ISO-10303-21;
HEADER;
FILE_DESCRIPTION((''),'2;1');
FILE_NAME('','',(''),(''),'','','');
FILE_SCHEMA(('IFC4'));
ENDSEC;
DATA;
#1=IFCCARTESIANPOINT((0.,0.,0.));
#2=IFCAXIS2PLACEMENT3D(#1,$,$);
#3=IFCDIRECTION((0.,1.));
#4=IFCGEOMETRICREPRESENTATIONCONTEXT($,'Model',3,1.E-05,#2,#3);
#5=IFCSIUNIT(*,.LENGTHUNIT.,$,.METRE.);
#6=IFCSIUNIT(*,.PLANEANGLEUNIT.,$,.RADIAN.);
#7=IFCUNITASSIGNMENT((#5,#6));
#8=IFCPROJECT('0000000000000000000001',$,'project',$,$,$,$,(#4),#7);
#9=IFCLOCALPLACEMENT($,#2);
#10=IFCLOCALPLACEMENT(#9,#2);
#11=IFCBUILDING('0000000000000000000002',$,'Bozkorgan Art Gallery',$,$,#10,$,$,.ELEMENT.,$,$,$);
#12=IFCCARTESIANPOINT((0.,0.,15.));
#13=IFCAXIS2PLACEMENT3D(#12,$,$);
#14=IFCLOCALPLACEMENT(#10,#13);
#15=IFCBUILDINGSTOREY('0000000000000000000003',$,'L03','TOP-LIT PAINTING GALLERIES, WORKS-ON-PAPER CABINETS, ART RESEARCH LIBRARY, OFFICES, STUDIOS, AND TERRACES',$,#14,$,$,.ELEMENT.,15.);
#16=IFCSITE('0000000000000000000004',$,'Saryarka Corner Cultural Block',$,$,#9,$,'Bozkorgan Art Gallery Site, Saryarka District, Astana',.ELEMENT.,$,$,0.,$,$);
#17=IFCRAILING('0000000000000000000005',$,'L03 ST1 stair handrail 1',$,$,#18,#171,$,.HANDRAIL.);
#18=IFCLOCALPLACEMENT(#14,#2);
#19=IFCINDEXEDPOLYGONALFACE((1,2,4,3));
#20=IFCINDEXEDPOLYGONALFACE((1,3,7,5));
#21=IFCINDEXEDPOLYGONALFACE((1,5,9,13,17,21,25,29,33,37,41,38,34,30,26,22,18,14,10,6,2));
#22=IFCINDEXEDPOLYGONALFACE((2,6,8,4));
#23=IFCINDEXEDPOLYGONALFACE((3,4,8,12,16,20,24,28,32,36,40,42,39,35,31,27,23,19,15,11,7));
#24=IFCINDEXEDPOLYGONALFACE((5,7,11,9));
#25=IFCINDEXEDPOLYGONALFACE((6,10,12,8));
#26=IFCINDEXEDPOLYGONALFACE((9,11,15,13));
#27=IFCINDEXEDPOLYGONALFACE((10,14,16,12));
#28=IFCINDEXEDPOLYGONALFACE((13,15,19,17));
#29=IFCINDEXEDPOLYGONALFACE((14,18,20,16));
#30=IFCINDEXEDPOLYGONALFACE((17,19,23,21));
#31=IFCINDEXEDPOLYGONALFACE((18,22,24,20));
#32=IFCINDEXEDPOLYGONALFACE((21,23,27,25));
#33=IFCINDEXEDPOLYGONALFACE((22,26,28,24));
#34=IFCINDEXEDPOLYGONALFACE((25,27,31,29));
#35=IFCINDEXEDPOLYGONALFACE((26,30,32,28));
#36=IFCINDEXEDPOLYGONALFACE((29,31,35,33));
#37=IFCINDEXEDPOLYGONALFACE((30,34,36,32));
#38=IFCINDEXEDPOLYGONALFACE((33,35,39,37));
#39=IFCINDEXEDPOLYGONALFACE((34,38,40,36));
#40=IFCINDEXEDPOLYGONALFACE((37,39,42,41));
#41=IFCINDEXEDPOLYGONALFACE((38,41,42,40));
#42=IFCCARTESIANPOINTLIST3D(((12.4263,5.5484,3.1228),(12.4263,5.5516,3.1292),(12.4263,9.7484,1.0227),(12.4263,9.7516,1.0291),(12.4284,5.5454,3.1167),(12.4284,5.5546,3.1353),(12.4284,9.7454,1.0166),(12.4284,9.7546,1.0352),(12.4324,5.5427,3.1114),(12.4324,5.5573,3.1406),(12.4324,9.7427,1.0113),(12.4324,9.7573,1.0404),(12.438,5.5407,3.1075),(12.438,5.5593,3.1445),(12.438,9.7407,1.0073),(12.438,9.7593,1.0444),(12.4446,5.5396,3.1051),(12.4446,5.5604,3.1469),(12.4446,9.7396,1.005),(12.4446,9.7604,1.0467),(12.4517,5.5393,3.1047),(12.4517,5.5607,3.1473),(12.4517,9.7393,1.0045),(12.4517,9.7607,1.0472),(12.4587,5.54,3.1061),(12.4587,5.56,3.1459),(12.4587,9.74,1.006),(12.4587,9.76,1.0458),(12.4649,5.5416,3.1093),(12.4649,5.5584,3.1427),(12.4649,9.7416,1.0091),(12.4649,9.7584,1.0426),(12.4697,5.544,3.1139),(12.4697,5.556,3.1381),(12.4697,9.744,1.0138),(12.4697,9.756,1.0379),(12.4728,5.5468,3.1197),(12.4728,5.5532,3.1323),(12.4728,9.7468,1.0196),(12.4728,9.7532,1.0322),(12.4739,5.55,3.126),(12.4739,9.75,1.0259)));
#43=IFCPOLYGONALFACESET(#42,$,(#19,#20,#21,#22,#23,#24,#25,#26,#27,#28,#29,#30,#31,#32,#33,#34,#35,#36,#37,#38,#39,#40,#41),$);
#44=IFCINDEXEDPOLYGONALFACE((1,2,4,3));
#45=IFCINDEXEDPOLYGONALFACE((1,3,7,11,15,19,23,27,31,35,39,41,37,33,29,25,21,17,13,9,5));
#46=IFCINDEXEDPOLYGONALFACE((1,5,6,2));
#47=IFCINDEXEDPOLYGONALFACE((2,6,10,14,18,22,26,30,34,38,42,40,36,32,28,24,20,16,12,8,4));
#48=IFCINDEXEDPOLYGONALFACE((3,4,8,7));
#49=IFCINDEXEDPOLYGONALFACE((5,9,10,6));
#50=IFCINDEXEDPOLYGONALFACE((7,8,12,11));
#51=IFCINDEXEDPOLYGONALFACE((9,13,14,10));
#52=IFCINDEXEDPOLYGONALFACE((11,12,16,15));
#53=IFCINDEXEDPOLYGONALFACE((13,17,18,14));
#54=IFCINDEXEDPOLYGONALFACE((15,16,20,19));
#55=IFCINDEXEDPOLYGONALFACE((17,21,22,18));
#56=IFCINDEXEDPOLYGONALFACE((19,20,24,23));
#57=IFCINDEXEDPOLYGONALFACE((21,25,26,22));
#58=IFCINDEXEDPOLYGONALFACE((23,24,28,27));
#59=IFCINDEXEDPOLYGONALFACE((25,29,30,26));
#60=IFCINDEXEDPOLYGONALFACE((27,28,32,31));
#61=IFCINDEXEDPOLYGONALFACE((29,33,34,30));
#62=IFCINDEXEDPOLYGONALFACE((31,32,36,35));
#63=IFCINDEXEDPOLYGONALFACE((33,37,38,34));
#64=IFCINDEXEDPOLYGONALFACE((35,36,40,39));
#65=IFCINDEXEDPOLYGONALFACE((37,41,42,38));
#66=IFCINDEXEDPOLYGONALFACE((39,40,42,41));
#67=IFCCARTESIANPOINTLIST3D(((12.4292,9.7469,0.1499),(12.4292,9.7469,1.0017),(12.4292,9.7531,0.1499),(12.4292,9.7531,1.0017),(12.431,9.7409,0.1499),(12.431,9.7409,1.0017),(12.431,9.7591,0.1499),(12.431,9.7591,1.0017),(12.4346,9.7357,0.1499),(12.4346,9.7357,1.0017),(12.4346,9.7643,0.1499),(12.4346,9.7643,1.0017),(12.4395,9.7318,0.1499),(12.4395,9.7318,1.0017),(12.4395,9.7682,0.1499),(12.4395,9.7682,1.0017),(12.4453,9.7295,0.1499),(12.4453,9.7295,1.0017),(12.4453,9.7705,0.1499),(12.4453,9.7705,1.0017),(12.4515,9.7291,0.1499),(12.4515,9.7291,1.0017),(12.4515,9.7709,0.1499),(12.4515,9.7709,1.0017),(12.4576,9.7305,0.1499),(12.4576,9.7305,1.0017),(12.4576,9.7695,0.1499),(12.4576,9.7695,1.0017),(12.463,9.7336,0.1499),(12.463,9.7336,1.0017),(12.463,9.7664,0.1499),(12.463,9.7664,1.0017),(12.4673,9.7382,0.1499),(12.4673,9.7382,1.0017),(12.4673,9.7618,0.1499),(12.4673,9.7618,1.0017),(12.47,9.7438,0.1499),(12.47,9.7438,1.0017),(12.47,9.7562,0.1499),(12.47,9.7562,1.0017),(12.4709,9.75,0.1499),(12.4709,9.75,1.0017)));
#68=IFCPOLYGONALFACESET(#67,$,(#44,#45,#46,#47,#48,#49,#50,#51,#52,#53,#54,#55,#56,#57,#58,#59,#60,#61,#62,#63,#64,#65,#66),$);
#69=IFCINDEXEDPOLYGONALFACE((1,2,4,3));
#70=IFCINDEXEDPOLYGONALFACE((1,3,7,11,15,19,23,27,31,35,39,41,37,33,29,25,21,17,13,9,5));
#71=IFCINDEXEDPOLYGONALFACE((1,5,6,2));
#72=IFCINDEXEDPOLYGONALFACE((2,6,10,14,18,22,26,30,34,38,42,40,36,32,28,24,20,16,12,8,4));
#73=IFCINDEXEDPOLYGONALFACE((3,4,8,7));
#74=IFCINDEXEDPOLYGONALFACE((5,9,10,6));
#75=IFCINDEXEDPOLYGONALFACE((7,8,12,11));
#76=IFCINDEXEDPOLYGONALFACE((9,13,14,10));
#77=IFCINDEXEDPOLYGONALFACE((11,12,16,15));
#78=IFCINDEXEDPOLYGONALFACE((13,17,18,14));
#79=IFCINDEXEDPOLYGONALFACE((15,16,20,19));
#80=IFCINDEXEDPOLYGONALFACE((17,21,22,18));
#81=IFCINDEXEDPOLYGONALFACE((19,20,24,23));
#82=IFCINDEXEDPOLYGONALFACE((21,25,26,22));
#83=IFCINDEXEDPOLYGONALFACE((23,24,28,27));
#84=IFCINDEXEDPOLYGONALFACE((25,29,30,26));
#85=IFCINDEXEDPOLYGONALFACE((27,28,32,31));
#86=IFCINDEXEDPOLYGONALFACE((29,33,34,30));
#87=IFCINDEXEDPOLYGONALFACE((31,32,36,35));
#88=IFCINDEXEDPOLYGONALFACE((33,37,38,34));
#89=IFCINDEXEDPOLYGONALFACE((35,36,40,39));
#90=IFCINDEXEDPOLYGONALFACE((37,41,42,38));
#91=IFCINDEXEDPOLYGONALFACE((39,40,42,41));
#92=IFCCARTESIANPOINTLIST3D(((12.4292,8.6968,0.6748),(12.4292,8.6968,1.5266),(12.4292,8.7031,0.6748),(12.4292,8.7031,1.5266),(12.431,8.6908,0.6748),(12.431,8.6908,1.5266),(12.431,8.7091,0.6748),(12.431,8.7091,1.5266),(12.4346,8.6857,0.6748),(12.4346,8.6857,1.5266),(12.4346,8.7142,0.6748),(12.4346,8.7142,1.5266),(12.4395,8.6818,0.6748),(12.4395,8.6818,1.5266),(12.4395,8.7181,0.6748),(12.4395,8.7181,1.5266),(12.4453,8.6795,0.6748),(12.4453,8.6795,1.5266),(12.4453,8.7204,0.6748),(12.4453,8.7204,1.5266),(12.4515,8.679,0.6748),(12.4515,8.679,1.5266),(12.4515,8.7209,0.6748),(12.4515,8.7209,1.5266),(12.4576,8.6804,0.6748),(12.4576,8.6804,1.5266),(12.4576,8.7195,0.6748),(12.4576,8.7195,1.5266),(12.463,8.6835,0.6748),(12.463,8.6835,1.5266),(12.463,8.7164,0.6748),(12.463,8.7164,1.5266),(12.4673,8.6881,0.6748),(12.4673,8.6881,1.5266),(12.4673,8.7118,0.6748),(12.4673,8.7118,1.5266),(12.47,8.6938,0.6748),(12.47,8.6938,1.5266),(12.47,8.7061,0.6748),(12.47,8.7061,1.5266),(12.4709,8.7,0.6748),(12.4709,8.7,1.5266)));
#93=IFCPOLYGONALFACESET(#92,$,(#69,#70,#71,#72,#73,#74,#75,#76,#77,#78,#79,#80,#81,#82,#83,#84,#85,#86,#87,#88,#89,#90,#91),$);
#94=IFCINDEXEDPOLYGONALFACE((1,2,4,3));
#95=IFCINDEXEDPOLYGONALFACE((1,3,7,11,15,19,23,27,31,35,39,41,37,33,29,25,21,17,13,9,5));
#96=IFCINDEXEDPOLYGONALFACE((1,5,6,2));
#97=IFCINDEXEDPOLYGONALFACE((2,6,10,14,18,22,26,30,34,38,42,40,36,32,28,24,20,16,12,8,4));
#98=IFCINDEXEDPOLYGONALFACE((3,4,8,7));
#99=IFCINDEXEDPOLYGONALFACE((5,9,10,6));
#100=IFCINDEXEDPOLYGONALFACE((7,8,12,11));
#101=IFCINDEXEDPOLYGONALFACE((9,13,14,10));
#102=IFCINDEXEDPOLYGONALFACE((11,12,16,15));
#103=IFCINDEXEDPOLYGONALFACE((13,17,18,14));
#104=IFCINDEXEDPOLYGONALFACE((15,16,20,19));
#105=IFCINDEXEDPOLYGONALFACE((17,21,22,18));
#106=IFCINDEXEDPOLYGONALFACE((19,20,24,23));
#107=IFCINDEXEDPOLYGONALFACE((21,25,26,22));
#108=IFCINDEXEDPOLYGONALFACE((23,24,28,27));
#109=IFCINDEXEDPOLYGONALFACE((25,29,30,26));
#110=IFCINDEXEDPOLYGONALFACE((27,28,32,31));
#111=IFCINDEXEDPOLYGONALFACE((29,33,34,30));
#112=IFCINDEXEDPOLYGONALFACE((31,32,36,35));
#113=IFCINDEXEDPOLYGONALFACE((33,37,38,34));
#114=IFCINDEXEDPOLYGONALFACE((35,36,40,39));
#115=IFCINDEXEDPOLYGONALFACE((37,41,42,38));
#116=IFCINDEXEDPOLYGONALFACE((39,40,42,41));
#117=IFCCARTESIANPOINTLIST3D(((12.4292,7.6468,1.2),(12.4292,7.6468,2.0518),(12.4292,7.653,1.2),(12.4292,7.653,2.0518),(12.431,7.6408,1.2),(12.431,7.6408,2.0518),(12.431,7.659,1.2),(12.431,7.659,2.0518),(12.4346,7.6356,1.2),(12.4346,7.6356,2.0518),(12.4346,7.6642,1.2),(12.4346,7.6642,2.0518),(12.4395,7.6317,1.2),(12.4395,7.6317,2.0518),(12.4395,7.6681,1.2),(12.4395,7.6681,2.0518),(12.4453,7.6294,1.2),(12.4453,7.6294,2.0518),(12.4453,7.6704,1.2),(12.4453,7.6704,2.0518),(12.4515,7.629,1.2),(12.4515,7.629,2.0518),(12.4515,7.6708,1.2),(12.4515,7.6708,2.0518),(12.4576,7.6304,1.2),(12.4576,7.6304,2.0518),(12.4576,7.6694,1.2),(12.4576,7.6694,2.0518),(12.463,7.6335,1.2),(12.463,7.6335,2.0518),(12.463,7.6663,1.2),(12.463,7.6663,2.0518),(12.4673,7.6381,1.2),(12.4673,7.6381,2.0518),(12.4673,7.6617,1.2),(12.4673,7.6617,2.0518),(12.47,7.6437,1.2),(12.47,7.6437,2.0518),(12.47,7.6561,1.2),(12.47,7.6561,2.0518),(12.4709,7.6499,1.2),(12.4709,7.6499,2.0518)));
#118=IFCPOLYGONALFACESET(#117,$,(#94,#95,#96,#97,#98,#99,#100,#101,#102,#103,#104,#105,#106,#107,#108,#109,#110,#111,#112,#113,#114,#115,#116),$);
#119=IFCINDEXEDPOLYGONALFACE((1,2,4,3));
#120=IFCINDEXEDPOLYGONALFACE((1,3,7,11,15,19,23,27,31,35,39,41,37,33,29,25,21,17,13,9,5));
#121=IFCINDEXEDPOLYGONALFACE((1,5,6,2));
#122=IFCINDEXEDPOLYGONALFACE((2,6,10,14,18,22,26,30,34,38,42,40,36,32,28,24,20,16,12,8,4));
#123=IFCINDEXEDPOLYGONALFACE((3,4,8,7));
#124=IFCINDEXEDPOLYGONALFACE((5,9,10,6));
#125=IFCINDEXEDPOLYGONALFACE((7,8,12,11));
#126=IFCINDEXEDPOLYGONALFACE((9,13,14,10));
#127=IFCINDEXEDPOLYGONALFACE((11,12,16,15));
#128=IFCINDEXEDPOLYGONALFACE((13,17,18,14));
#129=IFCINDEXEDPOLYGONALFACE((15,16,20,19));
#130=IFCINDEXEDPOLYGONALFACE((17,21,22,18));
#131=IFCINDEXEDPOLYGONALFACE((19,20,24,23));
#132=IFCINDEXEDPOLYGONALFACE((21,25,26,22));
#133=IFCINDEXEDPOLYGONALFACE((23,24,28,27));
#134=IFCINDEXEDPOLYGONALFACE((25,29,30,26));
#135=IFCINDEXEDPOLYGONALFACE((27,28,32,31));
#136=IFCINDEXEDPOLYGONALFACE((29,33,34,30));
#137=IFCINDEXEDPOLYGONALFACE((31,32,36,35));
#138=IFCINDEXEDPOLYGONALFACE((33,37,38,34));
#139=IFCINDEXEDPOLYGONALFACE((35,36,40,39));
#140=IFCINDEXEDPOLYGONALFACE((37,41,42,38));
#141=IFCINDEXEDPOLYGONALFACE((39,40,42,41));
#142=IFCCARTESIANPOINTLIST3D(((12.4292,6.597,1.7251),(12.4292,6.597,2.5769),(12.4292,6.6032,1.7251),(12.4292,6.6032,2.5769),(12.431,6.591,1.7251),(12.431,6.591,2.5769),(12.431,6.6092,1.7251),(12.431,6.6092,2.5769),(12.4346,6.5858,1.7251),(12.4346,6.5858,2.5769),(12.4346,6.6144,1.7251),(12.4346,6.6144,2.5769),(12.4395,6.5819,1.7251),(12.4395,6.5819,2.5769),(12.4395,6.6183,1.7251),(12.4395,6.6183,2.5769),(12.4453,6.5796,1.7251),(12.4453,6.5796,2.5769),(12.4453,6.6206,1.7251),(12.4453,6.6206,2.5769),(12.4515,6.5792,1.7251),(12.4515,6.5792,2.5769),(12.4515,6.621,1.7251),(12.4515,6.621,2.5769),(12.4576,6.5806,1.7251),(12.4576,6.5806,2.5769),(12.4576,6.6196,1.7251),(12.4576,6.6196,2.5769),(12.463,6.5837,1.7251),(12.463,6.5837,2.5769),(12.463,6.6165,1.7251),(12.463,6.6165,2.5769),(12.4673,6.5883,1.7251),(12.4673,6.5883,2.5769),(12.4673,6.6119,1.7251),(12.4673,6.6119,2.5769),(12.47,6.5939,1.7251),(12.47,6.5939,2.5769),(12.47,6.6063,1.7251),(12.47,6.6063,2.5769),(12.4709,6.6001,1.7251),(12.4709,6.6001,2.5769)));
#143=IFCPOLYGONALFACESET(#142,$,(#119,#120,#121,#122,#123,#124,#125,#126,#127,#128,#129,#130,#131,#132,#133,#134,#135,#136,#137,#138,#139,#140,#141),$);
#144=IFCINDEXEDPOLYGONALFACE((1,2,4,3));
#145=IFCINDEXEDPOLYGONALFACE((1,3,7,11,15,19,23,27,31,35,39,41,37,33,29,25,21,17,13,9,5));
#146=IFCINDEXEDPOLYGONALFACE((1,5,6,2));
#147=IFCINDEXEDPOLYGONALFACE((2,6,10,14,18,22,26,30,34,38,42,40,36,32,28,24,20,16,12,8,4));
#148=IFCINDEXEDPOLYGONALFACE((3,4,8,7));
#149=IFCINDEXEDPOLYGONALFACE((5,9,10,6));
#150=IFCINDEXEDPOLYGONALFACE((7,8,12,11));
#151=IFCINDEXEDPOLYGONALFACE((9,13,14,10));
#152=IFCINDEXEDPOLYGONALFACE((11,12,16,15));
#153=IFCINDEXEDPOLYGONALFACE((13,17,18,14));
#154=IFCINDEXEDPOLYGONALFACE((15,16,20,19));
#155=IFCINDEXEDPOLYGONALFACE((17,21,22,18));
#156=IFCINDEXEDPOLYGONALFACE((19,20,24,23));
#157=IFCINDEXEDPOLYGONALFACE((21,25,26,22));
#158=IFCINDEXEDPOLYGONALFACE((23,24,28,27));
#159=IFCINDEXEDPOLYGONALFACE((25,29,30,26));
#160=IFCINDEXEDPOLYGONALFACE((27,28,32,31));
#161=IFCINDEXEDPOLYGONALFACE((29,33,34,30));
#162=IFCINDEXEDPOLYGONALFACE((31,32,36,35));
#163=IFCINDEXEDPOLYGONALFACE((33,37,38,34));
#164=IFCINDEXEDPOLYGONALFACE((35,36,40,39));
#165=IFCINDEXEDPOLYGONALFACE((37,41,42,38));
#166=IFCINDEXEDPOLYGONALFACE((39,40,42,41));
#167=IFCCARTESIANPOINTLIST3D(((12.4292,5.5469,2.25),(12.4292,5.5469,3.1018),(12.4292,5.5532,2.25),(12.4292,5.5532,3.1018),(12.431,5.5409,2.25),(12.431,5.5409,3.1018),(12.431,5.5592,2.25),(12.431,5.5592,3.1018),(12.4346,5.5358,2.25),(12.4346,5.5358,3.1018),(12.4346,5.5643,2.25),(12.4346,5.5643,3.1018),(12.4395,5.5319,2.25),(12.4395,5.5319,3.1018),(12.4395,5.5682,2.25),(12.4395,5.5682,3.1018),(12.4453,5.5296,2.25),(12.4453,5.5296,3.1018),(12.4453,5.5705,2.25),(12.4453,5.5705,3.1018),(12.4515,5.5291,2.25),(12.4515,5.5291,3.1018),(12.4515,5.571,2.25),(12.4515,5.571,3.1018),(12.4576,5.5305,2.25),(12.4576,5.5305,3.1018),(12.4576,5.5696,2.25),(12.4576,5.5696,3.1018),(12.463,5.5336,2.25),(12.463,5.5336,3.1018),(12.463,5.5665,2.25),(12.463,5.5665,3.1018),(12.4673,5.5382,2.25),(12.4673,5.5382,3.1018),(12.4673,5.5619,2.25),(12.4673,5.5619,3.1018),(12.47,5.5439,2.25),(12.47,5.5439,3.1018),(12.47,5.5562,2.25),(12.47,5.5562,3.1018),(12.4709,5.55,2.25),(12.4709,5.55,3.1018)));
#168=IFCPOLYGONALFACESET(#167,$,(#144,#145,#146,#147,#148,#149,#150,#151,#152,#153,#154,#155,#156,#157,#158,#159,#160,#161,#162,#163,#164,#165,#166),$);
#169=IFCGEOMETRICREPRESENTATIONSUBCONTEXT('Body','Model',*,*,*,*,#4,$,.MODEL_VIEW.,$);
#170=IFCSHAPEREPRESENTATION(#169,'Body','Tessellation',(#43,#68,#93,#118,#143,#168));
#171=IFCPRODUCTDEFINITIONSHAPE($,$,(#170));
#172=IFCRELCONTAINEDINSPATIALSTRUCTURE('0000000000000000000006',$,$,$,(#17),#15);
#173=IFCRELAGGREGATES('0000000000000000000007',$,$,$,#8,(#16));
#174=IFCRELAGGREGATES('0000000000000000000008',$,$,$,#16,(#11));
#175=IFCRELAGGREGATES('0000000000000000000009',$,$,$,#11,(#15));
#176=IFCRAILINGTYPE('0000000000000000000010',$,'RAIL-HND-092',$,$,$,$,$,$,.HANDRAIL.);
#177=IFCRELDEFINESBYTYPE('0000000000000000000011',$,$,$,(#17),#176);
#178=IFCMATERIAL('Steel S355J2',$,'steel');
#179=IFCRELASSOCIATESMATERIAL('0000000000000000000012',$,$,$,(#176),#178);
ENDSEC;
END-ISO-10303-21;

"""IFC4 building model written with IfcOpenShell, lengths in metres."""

from ifc_helpers import new_model, si_unit, direction, frame, origin, origin_2d, place, context, subcontext, project, spatial, circle, extrude, material, type_object, element, save


model = new_model("IFC4")

# Units and contexts
model_context = context("Model", 3, precision=1e-05, world=origin(), true_north=direction((0.0, 1.0)))
body_context = subcontext(model_context, "Body", "Model", "MODEL_VIEW")
ifc_project = project(units=[si_unit("LENGTHUNIT", "METRE"), si_unit("PLANEANGLEUNIT", "RADIAN")], contexts=[model_context])

# Site, building, storey
site_placement = place(None, origin())
site = spatial("IfcSite", under=ifc_project, at=site_placement, Name="Saryarka Corner Cultural Block", LongName="Bozkorgan Art Gallery Site, Saryarka District, Astana", CompositionType="ELEMENT", RefElevation=0.0)
building_placement = place(site_placement, origin())
building = spatial("IfcBuilding", under=site, at=building_placement, Name="Bozkorgan Art Gallery", CompositionType="ELEMENT")
storey_placement = place(building_placement, frame((0.0, 0.0, 15.0)))
storey = spatial("IfcBuildingStorey", under=building, at=storey_placement, Name="L03", Description="TOP-LIT PAINTING GALLERIES, WORKS-ON-PAPER CABINETS, ART RESEARCH LIBRARY, OFFICES, STUDIOS, AND TERRACES", CompositionType="ELEMENT", Elevation=15.0)

# Shared definitions
ifc_material_1 = material(Name="Steel S355J2", Category="steel")

# Railing
railing_type_1 = type_object("IfcRailingType", Name="RAIL-HND-092", PredefinedType="HANDRAIL", material=ifc_material_1)
railing_1_placement = place(storey_placement, frame((12.45, 9.75, 0.1499)))
element("IfcRailing", 1, at=railing_1_placement, inside=storey, type_object=railing_type_1, Name="L03 ST1 stair handrail 1", PredefinedType="HANDRAIL", context=body_context, shape_type="SweptSolid", body=[
    extrude(circle(Radius=0.0239, at=origin_2d()), frame((0.0, 0.0, 0.876), z_axis=(0.0, -0.894417, 0.447234), x_axis=(1.0, 0.0, 0.0)), (0.0, 0.0, 1.0), 4.6958),
    extrude(circle(Radius=0.021, at=origin_2d()), origin(), (0.0, 0.0, 1.0), 0.8518),
    extrude(circle(Radius=0.021, at=origin_2d()), frame((0.0, -1.05, 0.5249)), (0.0, 0.0, 1.0), 0.8518),
    extrude(circle(Radius=0.021, at=origin_2d()), frame((0.0, -2.1001, 1.05)), (0.0, 0.0, 1.0), 0.8518),
    extrude(circle(Radius=0.021, at=origin_2d()), frame((0.0, -3.1499, 1.5752)), (0.0, 0.0, 1.0), 0.8518),
    extrude(circle(Radius=0.021, at=origin_2d()), frame((0.0, -4.2, 2.1001)), (0.0, 0.0, 1.0), 0.8518),
])

save(model, "model.ifc")
